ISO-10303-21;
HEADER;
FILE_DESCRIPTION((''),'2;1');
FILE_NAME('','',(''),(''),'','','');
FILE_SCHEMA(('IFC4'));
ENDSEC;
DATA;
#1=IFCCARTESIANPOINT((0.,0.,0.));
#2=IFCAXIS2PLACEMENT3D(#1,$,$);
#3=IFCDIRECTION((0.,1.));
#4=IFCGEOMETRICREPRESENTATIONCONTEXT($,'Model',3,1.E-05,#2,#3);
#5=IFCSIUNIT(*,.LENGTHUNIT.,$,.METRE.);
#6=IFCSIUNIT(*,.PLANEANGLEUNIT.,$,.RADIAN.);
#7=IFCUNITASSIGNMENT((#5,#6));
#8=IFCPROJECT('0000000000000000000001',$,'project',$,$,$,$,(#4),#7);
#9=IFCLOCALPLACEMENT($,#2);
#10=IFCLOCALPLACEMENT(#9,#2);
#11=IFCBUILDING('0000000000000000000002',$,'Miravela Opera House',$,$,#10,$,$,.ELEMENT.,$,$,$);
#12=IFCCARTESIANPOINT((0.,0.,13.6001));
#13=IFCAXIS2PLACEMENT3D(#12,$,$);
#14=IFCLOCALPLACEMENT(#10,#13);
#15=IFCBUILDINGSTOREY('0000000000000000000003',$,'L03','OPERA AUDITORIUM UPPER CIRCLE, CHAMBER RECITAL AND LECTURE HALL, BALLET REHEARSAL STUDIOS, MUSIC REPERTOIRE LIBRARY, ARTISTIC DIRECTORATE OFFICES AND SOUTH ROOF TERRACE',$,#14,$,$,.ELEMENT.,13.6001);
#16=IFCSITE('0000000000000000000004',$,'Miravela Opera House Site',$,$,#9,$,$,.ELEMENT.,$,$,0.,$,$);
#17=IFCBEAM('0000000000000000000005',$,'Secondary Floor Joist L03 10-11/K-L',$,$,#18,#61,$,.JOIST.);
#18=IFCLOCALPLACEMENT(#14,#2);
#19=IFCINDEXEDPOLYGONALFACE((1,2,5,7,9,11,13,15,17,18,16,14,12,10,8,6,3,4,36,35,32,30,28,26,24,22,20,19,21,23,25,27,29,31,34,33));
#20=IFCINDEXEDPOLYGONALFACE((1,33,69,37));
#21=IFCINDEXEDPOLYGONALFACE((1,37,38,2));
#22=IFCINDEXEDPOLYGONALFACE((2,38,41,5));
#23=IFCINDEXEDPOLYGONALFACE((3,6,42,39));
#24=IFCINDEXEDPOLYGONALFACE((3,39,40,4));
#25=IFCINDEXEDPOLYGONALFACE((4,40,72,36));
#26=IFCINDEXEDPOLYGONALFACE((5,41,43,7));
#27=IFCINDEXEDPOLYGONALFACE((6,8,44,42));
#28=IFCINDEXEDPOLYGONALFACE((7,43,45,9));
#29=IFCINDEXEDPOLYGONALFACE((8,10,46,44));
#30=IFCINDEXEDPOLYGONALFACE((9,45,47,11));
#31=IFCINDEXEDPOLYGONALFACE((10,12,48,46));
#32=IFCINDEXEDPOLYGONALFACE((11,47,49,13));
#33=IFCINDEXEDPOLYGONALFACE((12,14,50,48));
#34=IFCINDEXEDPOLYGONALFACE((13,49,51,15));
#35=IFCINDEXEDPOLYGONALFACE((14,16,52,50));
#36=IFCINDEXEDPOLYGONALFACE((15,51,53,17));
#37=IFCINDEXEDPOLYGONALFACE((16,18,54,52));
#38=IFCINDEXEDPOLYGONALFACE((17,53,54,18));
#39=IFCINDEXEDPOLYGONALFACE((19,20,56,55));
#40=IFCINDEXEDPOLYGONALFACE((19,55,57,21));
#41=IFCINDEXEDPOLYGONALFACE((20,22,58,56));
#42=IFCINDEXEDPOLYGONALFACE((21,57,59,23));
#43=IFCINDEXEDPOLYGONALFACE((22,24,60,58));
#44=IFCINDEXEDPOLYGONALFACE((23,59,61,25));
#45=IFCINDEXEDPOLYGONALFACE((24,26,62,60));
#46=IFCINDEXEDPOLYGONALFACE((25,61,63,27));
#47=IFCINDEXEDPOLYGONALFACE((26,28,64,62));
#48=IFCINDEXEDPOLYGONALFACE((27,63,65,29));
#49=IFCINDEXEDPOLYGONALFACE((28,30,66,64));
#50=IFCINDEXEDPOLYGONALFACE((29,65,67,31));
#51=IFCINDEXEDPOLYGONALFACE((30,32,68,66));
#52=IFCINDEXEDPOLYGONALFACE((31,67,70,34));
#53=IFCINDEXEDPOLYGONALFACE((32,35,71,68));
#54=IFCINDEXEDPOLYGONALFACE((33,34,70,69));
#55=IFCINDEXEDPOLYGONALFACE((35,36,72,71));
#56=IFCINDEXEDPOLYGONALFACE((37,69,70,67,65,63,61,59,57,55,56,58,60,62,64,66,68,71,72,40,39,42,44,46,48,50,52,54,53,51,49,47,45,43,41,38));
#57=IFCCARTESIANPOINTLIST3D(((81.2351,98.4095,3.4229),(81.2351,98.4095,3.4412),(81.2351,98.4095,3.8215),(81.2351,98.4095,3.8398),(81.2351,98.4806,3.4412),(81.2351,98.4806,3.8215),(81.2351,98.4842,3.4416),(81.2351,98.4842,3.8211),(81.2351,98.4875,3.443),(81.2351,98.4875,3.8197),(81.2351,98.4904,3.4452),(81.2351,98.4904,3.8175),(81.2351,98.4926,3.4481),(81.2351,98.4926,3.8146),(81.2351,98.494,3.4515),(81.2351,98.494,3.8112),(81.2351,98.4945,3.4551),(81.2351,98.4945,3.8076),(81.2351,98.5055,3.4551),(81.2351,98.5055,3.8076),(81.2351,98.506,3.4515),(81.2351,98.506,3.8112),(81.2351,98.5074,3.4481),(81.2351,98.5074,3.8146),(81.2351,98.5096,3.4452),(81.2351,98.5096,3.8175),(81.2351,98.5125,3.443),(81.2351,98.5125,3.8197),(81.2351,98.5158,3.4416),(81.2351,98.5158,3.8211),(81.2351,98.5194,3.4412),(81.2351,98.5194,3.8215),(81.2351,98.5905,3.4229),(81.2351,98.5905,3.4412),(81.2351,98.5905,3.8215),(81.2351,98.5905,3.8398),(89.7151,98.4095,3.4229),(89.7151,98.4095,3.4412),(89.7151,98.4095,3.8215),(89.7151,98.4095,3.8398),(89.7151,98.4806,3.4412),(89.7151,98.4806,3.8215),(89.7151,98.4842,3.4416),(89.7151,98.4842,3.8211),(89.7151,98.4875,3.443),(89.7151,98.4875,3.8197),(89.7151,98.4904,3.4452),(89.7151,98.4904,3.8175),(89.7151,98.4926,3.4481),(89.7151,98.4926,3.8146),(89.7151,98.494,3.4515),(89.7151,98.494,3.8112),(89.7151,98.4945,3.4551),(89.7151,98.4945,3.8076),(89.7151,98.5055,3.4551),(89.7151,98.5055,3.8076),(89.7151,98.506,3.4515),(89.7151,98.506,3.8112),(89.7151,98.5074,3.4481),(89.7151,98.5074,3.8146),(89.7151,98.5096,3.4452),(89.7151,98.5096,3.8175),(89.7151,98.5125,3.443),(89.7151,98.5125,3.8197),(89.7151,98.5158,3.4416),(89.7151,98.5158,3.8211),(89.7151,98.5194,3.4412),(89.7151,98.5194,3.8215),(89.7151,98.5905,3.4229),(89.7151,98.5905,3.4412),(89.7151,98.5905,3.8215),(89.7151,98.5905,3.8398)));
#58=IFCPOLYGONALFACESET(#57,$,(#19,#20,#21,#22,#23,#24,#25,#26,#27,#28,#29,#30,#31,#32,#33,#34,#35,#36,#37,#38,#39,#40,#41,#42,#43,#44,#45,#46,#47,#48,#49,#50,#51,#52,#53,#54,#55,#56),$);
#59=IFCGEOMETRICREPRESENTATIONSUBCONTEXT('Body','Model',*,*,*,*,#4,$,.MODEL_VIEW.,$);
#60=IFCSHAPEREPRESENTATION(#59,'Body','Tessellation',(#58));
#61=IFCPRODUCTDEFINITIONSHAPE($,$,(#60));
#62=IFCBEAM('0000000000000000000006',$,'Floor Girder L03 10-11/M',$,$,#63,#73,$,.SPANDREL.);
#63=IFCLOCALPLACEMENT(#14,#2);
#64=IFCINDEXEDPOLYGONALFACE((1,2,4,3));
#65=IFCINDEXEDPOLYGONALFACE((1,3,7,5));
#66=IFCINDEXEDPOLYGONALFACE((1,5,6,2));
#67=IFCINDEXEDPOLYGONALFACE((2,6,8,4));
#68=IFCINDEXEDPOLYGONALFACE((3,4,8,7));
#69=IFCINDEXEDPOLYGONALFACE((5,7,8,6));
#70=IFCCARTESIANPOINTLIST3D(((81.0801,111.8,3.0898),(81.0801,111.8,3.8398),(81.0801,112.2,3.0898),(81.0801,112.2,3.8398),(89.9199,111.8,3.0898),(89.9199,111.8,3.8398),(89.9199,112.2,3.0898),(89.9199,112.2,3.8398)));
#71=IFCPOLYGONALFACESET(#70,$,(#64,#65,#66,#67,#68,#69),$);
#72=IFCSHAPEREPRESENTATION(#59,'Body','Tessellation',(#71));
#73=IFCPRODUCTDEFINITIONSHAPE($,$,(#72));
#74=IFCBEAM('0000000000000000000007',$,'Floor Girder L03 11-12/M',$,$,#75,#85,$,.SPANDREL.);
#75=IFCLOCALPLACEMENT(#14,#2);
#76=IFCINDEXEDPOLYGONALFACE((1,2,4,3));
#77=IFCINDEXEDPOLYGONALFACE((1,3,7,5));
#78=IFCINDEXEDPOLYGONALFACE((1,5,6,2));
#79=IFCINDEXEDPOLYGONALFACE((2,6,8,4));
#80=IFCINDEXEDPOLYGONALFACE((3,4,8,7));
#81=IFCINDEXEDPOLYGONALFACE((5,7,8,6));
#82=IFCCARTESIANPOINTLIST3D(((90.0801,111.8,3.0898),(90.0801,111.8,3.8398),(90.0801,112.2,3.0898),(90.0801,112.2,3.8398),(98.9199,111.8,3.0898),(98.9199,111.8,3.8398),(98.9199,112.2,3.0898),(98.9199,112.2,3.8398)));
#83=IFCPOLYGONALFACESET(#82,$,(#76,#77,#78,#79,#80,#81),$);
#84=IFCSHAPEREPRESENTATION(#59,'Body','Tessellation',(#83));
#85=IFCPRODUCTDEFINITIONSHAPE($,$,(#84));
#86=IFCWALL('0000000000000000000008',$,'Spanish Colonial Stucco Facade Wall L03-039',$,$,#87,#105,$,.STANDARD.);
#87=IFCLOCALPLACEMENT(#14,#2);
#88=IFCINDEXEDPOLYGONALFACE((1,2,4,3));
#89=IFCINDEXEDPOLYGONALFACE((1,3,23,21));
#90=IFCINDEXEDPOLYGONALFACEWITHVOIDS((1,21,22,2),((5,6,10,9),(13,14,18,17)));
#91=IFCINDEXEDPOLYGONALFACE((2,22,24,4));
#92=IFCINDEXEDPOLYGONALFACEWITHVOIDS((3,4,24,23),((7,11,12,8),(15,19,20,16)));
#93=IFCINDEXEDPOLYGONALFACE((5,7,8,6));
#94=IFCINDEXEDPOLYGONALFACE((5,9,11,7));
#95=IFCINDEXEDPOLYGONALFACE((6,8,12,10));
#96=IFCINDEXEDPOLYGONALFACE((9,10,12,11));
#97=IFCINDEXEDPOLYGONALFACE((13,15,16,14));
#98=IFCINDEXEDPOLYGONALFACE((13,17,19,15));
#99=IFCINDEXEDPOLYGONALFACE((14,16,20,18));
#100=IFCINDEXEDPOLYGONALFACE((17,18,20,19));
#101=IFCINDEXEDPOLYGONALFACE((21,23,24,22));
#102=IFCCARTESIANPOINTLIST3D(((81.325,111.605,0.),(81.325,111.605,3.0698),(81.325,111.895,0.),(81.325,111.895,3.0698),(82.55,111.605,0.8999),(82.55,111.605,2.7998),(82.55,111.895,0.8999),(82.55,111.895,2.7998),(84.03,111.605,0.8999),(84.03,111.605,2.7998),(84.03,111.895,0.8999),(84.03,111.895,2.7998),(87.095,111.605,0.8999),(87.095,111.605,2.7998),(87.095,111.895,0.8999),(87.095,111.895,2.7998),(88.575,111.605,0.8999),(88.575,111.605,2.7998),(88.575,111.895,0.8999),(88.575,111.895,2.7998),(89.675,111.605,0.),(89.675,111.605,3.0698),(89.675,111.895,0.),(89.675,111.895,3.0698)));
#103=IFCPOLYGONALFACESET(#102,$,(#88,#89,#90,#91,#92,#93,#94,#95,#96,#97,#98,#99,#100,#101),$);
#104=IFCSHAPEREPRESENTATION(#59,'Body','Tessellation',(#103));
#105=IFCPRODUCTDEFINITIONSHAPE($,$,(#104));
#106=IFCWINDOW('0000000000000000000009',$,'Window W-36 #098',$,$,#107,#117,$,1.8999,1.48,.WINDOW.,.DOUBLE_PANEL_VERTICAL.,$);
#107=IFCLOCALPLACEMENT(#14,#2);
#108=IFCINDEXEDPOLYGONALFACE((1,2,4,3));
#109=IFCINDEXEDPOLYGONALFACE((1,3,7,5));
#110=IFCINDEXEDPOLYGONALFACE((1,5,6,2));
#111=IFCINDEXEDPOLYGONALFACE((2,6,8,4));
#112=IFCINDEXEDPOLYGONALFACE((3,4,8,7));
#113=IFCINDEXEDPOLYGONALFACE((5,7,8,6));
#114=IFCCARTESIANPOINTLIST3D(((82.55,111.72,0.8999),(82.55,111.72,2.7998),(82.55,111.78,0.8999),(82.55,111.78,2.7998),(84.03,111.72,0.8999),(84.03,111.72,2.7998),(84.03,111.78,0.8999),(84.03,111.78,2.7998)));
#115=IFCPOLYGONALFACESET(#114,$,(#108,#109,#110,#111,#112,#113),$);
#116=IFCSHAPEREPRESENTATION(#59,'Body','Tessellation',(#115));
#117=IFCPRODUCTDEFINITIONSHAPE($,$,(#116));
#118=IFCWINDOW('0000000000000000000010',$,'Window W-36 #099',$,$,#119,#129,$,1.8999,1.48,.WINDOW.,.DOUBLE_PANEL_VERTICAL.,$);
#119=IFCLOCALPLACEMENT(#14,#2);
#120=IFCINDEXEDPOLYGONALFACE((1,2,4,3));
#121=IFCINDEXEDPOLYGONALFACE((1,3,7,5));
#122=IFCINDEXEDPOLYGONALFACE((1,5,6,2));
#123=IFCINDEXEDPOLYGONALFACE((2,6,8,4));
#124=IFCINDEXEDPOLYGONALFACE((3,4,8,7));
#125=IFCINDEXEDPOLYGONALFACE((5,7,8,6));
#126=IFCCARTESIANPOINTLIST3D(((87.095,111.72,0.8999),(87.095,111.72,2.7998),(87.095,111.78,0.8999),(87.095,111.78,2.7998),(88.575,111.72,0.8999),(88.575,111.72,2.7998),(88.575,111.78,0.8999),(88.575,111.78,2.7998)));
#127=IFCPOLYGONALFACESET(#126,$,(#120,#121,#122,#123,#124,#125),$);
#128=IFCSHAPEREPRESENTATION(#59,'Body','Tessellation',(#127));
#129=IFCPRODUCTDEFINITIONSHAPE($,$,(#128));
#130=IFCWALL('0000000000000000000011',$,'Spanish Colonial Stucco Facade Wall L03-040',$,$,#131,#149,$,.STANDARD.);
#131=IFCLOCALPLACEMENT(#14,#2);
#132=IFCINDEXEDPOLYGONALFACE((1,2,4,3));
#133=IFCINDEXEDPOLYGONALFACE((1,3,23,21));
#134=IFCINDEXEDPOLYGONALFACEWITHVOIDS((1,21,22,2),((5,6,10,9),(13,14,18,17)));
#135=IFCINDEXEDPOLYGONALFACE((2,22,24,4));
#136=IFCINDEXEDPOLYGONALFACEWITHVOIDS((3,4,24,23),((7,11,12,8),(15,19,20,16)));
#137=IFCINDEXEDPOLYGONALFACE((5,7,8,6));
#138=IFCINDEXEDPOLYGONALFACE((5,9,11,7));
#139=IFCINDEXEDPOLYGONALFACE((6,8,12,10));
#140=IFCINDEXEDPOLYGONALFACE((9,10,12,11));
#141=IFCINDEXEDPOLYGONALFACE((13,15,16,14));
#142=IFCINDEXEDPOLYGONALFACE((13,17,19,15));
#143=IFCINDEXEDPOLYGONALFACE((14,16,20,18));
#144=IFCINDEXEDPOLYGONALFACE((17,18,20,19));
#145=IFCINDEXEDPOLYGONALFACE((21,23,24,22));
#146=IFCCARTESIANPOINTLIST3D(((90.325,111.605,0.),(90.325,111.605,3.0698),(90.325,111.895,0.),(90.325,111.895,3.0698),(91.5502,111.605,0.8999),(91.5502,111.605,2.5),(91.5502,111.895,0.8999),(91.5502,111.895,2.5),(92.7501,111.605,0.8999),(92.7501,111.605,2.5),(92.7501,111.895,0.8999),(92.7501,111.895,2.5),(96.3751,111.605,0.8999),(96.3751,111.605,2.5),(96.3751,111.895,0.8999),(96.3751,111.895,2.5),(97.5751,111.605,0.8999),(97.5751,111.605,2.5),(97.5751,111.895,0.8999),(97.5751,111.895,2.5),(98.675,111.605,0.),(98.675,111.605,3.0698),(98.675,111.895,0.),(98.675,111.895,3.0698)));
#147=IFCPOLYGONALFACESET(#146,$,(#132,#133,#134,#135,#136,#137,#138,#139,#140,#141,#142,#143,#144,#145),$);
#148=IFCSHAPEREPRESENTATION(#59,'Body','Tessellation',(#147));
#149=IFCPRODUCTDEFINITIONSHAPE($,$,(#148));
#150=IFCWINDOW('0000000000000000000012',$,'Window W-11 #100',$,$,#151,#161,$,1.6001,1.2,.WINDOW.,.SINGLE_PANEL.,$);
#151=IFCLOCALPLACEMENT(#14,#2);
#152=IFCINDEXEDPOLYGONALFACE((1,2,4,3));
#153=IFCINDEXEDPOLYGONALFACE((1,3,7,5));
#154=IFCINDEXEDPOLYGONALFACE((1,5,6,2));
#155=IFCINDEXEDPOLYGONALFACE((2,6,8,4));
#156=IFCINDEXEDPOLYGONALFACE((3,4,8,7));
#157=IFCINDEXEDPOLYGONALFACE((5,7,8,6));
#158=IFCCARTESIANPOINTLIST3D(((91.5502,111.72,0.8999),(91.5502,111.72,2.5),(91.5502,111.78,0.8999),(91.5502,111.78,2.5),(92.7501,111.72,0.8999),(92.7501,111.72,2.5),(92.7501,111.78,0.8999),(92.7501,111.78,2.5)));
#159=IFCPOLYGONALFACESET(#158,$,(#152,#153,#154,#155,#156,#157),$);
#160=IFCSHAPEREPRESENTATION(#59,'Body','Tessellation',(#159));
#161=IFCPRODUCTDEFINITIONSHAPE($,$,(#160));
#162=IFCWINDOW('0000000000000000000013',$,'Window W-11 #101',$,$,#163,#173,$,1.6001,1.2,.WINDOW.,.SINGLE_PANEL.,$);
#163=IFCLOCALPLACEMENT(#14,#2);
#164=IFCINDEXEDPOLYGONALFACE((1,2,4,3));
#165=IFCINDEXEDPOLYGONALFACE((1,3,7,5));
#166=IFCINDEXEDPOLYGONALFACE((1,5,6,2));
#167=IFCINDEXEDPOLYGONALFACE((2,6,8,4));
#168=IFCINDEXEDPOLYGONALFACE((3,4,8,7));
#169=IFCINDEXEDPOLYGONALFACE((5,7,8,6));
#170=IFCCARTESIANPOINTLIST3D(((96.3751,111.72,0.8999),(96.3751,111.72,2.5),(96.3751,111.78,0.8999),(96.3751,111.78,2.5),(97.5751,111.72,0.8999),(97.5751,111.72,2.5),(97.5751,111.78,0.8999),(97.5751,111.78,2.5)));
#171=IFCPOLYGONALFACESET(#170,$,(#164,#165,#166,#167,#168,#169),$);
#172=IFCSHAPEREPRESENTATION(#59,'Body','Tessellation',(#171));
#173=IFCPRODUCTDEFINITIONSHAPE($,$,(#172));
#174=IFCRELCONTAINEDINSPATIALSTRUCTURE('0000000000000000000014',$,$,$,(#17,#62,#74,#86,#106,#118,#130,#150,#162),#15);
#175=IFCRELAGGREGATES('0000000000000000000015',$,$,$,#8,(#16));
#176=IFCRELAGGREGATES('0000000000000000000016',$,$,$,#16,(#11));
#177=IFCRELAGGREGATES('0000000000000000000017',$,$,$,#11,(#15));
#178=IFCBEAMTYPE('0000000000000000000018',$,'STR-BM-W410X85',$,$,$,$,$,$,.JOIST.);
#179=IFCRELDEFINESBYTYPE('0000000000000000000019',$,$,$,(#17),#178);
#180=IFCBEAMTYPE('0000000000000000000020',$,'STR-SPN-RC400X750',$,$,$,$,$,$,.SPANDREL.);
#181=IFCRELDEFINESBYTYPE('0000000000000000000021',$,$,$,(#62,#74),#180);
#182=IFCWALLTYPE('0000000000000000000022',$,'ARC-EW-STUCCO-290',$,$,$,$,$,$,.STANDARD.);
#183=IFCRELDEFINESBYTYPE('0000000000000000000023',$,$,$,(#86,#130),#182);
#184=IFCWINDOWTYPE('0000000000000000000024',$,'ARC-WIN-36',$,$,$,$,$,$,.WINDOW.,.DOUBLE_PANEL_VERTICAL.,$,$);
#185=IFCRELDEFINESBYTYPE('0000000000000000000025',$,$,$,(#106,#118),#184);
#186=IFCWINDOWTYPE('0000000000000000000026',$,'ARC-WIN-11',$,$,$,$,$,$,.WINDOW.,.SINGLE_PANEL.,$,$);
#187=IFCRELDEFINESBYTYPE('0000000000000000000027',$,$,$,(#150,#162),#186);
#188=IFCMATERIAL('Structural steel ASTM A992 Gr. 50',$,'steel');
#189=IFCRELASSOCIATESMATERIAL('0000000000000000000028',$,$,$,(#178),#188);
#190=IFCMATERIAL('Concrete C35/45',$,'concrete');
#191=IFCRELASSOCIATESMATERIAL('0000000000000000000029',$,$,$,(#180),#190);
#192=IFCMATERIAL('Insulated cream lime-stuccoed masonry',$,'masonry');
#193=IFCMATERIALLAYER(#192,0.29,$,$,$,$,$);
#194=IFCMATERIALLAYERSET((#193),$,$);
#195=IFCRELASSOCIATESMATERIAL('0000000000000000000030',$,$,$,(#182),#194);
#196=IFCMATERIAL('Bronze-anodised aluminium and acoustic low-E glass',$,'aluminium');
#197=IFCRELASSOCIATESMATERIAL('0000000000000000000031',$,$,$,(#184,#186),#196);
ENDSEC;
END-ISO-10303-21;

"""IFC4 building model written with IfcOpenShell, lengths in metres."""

from ifc_helpers import new_model, si_unit, direction, frame, frame_2d, origin, origin_2d, place, context, subcontext, project, spatial, rectangle, i_section, extrude, material, layer, layer_set, material_profile, profile_set, type_object, element, fill, save


model = new_model("IFC4")

# Units and contexts
model_context = context("Model", 3, precision=1e-05, world=origin(), true_north=direction((0.0, 1.0)))
body_context = subcontext(model_context, "Body", "Model", "MODEL_VIEW")
ifc_project = project(units=[si_unit("LENGTHUNIT", "METRE"), si_unit("PLANEANGLEUNIT", "RADIAN")], contexts=[model_context])

# Site, building, storey
site_placement = place(None, origin())
site = spatial("IfcSite", under=ifc_project, at=site_placement, Name="Miravela Opera House Site", CompositionType="ELEMENT", RefElevation=0.0)
building_placement = place(site_placement, origin())
building = spatial("IfcBuilding", under=site, at=building_placement, Name="Miravela Opera House", CompositionType="ELEMENT")
storey_placement = place(building_placement, frame((0.0, 0.0, 13.6001)))
storey = spatial("IfcBuildingStorey", under=building, at=storey_placement, Name="L03", Description="OPERA AUDITORIUM UPPER CIRCLE, CHAMBER RECITAL AND LECTURE HALL, BALLET REHEARSAL STUDIOS, MUSIC REPERTOIRE LIBRARY, ARTISTIC DIRECTORATE OFFICES AND SOUTH ROOF TERRACE", CompositionType="ELEMENT", Elevation=13.6001)

# Shared definitions
ifc_material_1 = material(Name="Concrete C35/45", Category="concrete")

# Beams
ifc_material_2 = material(Name="Structural steel ASTM A992 Gr. 50", Category="steel")
ifc_material_profile_1 = material_profile(ifc_material_2, i_section(OverallWidth=0.1809, OverallDepth=0.417, WebThickness=0.011, FlangeThickness=0.0183, FilletRadius=0.0139, at=origin_2d()), Name="W410X85")
ifc_profile_set_1 = profile_set([ifc_material_profile_1])
beam_type_1 = type_object("IfcBeamType", Name="STR-BM-W410X85", PredefinedType="JOIST", material=ifc_profile_set_1)
beam_1_placement = place(storey_placement, frame((81.2351, 98.5, 3.6313), z_axis=(1.0, 0.0, 0.0), x_axis=(0.0, 1.0, 0.0)))
element("IfcBeam", 1, at=beam_1_placement, inside=storey, type_object=beam_type_1, Name="Secondary Floor Joist L03 10-11/K-L", PredefinedType="JOIST", context=body_context, shape_type="SweptSolid", body=[
    extrude(i_section(OverallWidth=0.1809, OverallDepth=0.417, WebThickness=0.011, FlangeThickness=0.0183, FilletRadius=0.0139, at=origin_2d()), origin(), (0.0, 0.0, 1.0), 8.48),
])
ifc_material_profile_2 = material_profile(ifc_material_1, rectangle(XDim=0.3999, YDim=0.75, at=origin_2d()), Name="RC-SPN-400X750")
ifc_profile_set_2 = profile_set([ifc_material_profile_2])
beam_type_2 = type_object("IfcBeamType", Name="STR-SPN-RC400X750", PredefinedType="SPANDREL", material=ifc_profile_set_2)
for number, where, z_axis, x_axis, name in (
    (2, (81.0801, 112.0, 3.4648), (1.0, 0.0, 0.0), (0.0, 1.0, 0.0), "Floor Girder L03 10-11/M"),
    (3, (90.0801, 112.0, 3.4648), (1.0, 0.0, 0.0), (0.0, 1.0, 0.0), "Floor Girder L03 11-12/M"),
):
    element("IfcBeam", number, at=place(storey_placement, frame(where, z_axis=z_axis, x_axis=x_axis)), inside=storey, type_object=beam_type_2, Name=name, PredefinedType="SPANDREL", context=body_context, shape_type="SweptSolid", body=[
        extrude(rectangle(XDim=0.3999, YDim=0.75, at=origin_2d()), origin(), (0.0, 0.0, 1.0), 8.8398),
    ])

# Walls, openings, windows
ifc_material_3 = material(Name="Insulated cream lime-stuccoed masonry", Category="masonry")
ifc_layer_1 = layer(ifc_material_3, 0.29)
ifc_layer_set_1 = layer_set([ifc_layer_1])
wall_type_1 = type_object("IfcWallType", Name="ARC-EW-STUCCO-290", PredefinedType="STANDARD", material=ifc_layer_set_1)
wall_1_placement = place(storey_placement, frame((81.325, 111.75, 0.0), z_axis=(0.0, 0.0, 1.0), x_axis=(1.0, 0.0, 0.0)))
wall_1 = element("IfcWall", 4, at=wall_1_placement, inside=storey, type_object=wall_type_1, Name="Spanish Colonial Stucco Facade Wall L03-039", PredefinedType="STANDARD", context=body_context, shape_type="SweptSolid", body=[
    extrude(rectangle(XDim=8.3501, YDim=0.29, at=frame_2d((4.175, 0.0))), origin(), (0.0, 0.0, 1.0), 3.0698),
])
opening_1_placement = place(wall_1_placement, frame((1.2251, 0.0, 0.8999)))
opening_1 = element("IfcOpeningElement", 5, at=opening_1_placement, cuts=wall_1, PredefinedType="OPENING", context=body_context, shape_type="SweptSolid", body=[
    extrude(rectangle(XDim=1.48, YDim=1.8999, at=frame_2d((0.74, 0.95))), frame((0.0, 0.155, 0.0), z_axis=(0.0, -1.0, 0.0), x_axis=(1.0, 0.0, 0.0)), (0.0, 0.0, 1.0), 0.3101),
])
opening_2_placement = place(wall_1_placement, frame((5.77, 0.0, 0.8999)))
opening_2 = element("IfcOpeningElement", 6, at=opening_2_placement, cuts=wall_1, PredefinedType="OPENING", context=body_context, shape_type="SweptSolid", body=[
    extrude(rectangle(XDim=1.48, YDim=1.8999, at=frame_2d((0.74, 0.95))), frame((0.0, 0.155, 0.0), z_axis=(0.0, -1.0, 0.0), x_axis=(1.0, 0.0, 0.0)), (0.0, 0.0, 1.0), 0.3101),
])
ifc_material_4 = material(Name="Bronze-anodised aluminium and acoustic low-E glass", Category="aluminium")
window_type_1 = type_object("IfcWindowType", Name="ARC-WIN-36", PartitioningType="DOUBLE_PANEL_VERTICAL", PredefinedType="WINDOW", material=ifc_material_4)
window_1_placement = place(opening_1_placement, origin())
window_1 = element("IfcWindow", 7, at=window_1_placement, inside=storey, type_object=window_type_1, Name="Window W-36 #098", OverallHeight=1.8999, OverallWidth=1.48, PartitioningType="DOUBLE_PANEL_VERTICAL", PredefinedType="WINDOW", context=body_context, shape_type="SweptSolid", body=[
    extrude(rectangle(XDim=1.48, YDim=1.8999, at=frame_2d((0.74, 0.95))), frame((0.0, 0.03, 0.0), z_axis=(0.0, -1.0, 0.0), x_axis=(1.0, 0.0, 0.0)), (0.0, 0.0, 1.0), 0.0601),
])
fill(opening_1, window_1)
window_2_placement = place(opening_2_placement, origin())
window_2 = element("IfcWindow", 8, at=window_2_placement, inside=storey, type_object=window_type_1, Name="Window W-36 #099", OverallHeight=1.8999, OverallWidth=1.48, PartitioningType="DOUBLE_PANEL_VERTICAL", PredefinedType="WINDOW", context=body_context, shape_type="SweptSolid", body=[
    extrude(rectangle(XDim=1.48, YDim=1.8999, at=frame_2d((0.74, 0.95))), frame((0.0, 0.03, 0.0), z_axis=(0.0, -1.0, 0.0), x_axis=(1.0, 0.0, 0.0)), (0.0, 0.0, 1.0), 0.0601),
])
fill(opening_2, window_2)
wall_2_placement = place(storey_placement, frame((90.325, 111.75, 0.0), z_axis=(0.0, 0.0, 1.0), x_axis=(1.0, 0.0, 0.0)))
wall_2 = element("IfcWall", 9, at=wall_2_placement, inside=storey, type_object=wall_type_1, Name="Spanish Colonial Stucco Facade Wall L03-040", PredefinedType="STANDARD", context=body_context, shape_type="SweptSolid", body=[
    extrude(rectangle(XDim=8.3501, YDim=0.29, at=frame_2d((4.175, 0.0))), origin(), (0.0, 0.0, 1.0), 3.0698),
])
opening_3_placement = place(wall_2_placement, frame((1.2251, 0.0, 0.8999)))
opening_3 = element("IfcOpeningElement", 10, at=opening_3_placement, cuts=wall_2, PredefinedType="OPENING", context=body_context, shape_type="SweptSolid", body=[
    extrude(rectangle(XDim=1.2, YDim=1.6001, at=frame_2d((0.6001, 0.8))), frame((0.0, 0.155, 0.0), z_axis=(0.0, -1.0, 0.0), x_axis=(1.0, 0.0, 0.0)), (0.0, 0.0, 1.0), 0.3101),
])
opening_4_placement = place(wall_2_placement, frame((6.05, 0.0, 0.8999)))
opening_4 = element("IfcOpeningElement", 11, at=opening_4_placement, cuts=wall_2, PredefinedType="OPENING", context=body_context, shape_type="SweptSolid", body=[
    extrude(rectangle(XDim=1.2, YDim=1.6001, at=frame_2d((0.6001, 0.8))), frame((0.0, 0.155, 0.0), z_axis=(0.0, -1.0, 0.0), x_axis=(1.0, 0.0, 0.0)), (0.0, 0.0, 1.0), 0.3101),
])
window_type_2 = type_object("IfcWindowType", Name="ARC-WIN-11", PartitioningType="SINGLE_PANEL", PredefinedType="WINDOW", material=ifc_material_4)
window_3_placement = place(opening_3_placement, origin())
window_3 = element("IfcWindow", 12, at=window_3_placement, inside=storey, type_object=window_type_2, Name="Window W-11 #100", OverallHeight=1.6001, OverallWidth=1.2, PartitioningType="SINGLE_PANEL", PredefinedType="WINDOW", context=body_context, shape_type="SweptSolid", body=[
    extrude(rectangle(XDim=1.2, YDim=1.6001, at=frame_2d((0.6001, 0.8))), frame((0.0, 0.03, 0.0), z_axis=(0.0, -1.0, 0.0), x_axis=(1.0, 0.0, 0.0)), (0.0, 0.0, 1.0), 0.0601),
])
fill(opening_3, window_3)
window_4_placement = place(opening_4_placement, origin())
window_4 = element("IfcWindow", 13, at=window_4_placement, inside=storey, type_object=window_type_2, Name="Window W-11 #101", OverallHeight=1.6001, OverallWidth=1.2, PartitioningType="SINGLE_PANEL", PredefinedType="WINDOW", context=body_context, shape_type="SweptSolid", body=[
    extrude(rectangle(XDim=1.2, YDim=1.6001, at=frame_2d((0.6001, 0.8))), frame((0.0, 0.03, 0.0), z_axis=(0.0, -1.0, 0.0), x_axis=(1.0, 0.0, 0.0)), (0.0, 0.0, 1.0), 0.0601),
])
fill(opening_4, window_4)

save(model, "model.ifc")
